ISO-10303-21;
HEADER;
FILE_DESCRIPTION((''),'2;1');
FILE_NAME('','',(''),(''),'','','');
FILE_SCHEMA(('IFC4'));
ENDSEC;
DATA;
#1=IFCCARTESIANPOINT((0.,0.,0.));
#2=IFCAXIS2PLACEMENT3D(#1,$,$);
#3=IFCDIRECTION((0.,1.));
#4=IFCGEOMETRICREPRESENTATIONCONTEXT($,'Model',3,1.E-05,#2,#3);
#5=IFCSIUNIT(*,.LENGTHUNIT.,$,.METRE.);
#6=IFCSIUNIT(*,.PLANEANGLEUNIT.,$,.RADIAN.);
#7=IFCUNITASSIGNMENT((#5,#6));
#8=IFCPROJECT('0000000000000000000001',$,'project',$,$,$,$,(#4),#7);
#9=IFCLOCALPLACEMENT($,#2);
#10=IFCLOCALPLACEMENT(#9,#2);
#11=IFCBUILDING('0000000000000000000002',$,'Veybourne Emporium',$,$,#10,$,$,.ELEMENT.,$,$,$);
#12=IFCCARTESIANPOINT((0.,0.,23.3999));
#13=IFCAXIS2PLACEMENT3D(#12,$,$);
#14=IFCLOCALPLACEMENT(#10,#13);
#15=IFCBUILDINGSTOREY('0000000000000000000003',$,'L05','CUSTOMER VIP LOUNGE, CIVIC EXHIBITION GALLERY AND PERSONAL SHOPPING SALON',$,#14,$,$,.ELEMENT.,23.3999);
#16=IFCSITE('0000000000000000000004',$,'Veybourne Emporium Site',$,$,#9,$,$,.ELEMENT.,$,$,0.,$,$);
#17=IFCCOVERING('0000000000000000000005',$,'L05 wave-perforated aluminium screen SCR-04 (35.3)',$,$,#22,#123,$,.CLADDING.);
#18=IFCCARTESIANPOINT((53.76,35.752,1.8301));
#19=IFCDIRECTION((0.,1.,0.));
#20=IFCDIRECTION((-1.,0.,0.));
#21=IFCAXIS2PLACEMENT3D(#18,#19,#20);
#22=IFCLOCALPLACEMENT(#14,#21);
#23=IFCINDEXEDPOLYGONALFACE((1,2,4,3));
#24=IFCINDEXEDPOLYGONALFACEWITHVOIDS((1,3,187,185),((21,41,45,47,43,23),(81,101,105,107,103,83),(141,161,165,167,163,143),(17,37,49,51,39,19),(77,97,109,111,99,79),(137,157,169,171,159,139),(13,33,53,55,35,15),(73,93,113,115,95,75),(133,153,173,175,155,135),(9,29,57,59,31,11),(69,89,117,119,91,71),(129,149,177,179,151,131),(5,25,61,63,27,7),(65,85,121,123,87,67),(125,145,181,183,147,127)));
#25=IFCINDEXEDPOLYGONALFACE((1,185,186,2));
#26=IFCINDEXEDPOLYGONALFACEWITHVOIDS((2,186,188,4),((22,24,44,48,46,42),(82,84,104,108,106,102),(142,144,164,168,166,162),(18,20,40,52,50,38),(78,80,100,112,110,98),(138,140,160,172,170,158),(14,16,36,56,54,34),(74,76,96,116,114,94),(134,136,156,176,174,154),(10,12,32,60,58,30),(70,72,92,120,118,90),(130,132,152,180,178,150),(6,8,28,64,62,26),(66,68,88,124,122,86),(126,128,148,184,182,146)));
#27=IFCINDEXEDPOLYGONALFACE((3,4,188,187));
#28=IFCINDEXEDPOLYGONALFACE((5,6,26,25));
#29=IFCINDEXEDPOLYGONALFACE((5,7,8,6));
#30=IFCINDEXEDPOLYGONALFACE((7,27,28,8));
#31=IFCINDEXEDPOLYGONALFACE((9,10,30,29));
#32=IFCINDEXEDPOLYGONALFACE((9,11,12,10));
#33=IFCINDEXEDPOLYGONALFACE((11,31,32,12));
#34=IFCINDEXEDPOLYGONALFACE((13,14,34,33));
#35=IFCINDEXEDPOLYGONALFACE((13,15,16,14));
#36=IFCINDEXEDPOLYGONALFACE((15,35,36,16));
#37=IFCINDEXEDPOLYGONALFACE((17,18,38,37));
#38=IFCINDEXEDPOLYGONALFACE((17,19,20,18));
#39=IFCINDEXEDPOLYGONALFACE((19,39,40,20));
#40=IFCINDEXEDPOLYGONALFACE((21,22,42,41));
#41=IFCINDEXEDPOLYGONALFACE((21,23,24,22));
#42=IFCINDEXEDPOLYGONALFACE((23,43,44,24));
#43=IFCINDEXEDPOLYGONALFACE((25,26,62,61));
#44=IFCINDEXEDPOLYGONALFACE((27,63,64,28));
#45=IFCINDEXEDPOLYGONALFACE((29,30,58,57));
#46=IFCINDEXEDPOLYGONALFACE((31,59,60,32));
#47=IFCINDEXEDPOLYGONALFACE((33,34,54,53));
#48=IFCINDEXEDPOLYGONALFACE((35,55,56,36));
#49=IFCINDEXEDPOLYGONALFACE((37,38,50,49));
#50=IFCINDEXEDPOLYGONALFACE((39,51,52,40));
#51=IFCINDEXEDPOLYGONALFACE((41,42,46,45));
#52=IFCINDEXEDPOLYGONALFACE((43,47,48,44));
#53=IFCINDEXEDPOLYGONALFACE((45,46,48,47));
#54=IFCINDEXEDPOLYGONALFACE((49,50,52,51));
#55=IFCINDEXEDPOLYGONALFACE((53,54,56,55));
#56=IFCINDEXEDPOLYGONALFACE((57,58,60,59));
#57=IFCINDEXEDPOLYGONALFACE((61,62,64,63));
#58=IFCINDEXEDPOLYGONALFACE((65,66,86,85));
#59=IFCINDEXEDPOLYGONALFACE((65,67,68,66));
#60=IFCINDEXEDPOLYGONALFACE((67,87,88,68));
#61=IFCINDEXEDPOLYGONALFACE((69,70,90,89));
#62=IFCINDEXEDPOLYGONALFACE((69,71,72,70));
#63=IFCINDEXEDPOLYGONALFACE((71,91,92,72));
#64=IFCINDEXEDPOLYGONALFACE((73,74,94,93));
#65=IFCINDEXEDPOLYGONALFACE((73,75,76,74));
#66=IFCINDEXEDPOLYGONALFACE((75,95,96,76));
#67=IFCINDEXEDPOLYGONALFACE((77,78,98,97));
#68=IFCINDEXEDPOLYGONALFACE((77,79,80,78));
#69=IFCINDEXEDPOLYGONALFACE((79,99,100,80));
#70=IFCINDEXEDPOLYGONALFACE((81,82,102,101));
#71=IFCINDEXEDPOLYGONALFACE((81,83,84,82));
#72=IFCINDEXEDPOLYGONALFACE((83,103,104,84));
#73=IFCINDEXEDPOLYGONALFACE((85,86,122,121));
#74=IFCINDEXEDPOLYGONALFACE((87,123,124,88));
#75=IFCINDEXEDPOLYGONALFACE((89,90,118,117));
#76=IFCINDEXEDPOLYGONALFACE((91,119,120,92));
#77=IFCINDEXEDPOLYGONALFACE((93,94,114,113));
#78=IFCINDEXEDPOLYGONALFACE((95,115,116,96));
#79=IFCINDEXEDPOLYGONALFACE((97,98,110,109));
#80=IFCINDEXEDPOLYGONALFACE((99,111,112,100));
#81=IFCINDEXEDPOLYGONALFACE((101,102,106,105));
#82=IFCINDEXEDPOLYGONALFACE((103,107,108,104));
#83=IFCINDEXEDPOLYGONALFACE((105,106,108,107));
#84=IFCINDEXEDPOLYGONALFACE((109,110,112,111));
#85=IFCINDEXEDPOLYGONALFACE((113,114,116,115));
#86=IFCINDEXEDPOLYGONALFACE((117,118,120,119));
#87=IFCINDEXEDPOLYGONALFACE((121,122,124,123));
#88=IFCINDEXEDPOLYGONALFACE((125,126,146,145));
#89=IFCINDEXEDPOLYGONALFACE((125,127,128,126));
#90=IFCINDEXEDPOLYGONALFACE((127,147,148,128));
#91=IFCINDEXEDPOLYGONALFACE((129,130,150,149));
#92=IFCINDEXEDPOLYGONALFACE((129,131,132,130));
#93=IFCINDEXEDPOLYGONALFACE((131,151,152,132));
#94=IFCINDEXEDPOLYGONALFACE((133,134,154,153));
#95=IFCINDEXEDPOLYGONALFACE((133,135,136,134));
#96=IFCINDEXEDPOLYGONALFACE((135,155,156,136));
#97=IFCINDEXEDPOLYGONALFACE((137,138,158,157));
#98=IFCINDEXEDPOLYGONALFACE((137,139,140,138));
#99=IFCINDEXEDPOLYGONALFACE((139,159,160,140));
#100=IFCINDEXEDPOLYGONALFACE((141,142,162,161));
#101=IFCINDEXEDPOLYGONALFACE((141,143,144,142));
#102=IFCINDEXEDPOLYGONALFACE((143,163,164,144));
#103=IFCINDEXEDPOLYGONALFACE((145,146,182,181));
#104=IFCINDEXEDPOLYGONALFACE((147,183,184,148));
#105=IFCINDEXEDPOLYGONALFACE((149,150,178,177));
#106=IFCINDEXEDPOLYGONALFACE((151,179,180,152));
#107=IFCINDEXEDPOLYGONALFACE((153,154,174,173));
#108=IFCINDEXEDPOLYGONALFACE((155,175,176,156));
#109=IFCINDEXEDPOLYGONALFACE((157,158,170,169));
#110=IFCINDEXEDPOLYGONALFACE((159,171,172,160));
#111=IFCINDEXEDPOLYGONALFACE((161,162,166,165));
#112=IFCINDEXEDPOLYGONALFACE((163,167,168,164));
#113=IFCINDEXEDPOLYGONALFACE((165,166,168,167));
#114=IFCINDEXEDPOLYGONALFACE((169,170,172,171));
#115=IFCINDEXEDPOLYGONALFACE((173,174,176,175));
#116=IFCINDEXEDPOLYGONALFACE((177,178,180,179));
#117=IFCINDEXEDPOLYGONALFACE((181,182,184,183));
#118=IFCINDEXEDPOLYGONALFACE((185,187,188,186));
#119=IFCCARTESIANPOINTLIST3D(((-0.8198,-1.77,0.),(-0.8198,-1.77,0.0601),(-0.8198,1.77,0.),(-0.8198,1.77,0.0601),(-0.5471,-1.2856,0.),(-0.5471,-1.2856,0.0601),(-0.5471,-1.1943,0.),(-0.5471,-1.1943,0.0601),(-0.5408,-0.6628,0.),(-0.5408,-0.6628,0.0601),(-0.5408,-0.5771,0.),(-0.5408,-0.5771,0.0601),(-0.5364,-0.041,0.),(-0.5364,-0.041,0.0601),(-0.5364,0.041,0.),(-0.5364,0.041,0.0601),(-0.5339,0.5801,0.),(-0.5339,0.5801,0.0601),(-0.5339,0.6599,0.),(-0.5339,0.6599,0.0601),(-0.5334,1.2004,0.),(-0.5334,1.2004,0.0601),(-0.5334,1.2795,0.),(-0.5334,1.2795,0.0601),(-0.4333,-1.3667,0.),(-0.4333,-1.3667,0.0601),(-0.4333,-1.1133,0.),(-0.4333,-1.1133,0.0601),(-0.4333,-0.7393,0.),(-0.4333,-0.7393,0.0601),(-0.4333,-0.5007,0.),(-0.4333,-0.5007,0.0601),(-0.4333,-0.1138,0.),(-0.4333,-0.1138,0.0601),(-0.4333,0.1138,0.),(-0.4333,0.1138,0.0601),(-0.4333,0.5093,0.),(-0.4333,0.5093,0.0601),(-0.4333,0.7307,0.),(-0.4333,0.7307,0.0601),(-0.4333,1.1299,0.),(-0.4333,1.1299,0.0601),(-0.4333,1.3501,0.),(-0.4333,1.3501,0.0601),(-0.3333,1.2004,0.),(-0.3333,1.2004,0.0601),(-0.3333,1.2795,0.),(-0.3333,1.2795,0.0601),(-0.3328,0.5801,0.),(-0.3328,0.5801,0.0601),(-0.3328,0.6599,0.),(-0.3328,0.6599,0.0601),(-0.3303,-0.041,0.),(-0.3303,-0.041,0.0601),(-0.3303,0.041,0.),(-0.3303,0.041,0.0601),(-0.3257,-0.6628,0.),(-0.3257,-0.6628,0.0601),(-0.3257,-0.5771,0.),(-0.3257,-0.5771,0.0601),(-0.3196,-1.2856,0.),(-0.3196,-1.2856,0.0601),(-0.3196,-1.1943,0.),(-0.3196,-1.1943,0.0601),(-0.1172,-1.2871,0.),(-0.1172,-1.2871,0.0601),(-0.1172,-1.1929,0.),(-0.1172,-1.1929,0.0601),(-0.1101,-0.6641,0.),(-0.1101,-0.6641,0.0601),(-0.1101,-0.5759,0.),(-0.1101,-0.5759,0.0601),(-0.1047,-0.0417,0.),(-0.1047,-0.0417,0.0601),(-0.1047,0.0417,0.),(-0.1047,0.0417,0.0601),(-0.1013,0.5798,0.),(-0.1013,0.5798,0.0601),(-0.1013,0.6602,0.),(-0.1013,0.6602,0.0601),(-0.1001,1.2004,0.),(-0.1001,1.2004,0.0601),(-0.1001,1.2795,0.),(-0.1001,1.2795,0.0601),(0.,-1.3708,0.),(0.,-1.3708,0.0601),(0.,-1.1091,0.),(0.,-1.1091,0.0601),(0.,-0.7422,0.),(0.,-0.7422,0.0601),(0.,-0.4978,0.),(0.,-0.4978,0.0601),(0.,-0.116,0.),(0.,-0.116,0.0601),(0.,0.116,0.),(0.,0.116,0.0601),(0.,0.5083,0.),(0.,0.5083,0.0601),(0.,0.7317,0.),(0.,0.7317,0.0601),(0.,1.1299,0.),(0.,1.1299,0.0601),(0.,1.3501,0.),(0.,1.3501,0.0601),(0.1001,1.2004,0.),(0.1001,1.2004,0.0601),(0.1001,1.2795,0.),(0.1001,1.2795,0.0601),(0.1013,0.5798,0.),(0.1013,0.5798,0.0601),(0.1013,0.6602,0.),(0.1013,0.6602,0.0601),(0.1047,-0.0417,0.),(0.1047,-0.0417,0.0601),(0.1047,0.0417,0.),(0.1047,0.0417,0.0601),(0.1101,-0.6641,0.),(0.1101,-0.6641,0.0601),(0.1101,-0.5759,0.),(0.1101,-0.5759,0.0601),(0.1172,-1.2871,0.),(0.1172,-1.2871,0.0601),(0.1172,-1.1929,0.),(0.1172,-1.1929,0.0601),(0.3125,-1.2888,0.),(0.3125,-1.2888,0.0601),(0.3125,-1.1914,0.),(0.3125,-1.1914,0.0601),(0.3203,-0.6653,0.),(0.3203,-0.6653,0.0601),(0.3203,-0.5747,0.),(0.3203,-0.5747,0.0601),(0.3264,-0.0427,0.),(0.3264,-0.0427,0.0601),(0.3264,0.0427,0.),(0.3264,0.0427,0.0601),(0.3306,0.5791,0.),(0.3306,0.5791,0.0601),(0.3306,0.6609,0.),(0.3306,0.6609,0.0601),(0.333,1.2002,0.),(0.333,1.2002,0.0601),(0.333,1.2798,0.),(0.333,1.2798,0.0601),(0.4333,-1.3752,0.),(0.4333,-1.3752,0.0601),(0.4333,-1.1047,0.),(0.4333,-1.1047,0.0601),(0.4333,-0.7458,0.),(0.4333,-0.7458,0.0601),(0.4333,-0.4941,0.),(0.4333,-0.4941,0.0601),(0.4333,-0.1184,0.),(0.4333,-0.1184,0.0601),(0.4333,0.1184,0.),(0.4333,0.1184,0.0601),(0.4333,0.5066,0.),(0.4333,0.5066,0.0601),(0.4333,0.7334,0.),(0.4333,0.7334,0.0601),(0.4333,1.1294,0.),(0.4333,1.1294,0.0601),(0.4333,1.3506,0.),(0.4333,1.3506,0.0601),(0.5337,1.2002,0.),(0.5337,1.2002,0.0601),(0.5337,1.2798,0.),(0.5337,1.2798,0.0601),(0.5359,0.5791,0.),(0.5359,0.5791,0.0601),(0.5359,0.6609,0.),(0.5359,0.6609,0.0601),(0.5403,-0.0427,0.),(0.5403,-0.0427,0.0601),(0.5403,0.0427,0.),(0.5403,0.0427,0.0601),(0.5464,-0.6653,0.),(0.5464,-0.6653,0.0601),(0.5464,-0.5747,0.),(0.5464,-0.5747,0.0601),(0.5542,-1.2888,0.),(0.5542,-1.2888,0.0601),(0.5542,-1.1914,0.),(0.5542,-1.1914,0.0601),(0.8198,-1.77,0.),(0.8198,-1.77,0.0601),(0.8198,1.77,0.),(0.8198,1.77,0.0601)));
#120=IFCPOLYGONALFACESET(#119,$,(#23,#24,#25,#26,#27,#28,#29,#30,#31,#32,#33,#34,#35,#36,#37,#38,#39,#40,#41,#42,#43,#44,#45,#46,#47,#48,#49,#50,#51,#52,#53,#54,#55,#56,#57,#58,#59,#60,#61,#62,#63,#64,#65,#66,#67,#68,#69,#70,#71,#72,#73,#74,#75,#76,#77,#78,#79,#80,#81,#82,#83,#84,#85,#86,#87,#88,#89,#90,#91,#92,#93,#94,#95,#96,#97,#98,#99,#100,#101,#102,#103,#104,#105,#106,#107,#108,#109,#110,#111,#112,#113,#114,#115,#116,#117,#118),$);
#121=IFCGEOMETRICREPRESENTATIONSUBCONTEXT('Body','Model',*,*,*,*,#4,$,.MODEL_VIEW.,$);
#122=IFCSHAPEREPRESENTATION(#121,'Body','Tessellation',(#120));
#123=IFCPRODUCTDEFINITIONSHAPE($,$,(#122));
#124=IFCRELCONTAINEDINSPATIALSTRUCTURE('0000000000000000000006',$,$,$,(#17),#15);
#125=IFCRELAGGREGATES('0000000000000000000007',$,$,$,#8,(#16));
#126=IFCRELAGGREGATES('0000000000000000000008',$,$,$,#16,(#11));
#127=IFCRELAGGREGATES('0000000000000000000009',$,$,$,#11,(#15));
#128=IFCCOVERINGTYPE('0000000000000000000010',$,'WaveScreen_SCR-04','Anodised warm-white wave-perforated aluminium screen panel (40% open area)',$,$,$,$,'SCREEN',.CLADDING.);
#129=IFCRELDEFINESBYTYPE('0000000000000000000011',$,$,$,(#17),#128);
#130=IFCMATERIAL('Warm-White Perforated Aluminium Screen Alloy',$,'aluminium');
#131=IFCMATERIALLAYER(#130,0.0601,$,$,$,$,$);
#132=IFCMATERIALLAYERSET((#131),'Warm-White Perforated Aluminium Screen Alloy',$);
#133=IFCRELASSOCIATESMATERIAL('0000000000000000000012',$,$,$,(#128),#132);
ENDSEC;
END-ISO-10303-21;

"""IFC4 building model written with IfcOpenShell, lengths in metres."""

from ifc_helpers import new_model, si_unit, direction, frame, origin, place, context, subcontext, project, spatial, polyline, outline, extrude, material, layer, layer_set, type_object, element, save


model = new_model("IFC4")

# Units and contexts
model_context = context("Model", 3, precision=1e-05, world=origin(), true_north=direction((0.0, 1.0)))
body_context = subcontext(model_context, "Body", "Model", "MODEL_VIEW")
ifc_project = project(units=[si_unit("LENGTHUNIT", "METRE"), si_unit("PLANEANGLEUNIT", "RADIAN")], contexts=[model_context])

# Site, building, storey
site_placement = place(None, origin())
site = spatial("IfcSite", under=ifc_project, at=site_placement, Name="Veybourne Emporium Site", CompositionType="ELEMENT", RefElevation=0.0)
building_placement = place(site_placement, origin())
building = spatial("IfcBuilding", under=site, at=building_placement, Name="Veybourne Emporium", CompositionType="ELEMENT")
storey_placement = place(building_placement, frame((0.0, 0.0, 23.3999)))
storey = spatial("IfcBuildingStorey", under=building, at=storey_placement, Name="L05", Description="CUSTOMER VIP LOUNGE, CIVIC EXHIBITION GALLERY AND PERSONAL SHOPPING SALON", CompositionType="ELEMENT", Elevation=23.3999)

# Covering
ifc_material_1 = material(Name="Warm-White Perforated Aluminium Screen Alloy", Category="aluminium")
ifc_layer_1 = layer(ifc_material_1, 0.0601)
ifc_layer_set_1 = layer_set([ifc_layer_1], Name="Warm-White Perforated Aluminium Screen Alloy")
covering_type_1 = type_object("IfcCoveringType", Name="WaveScreen_SCR-04", Description="Anodised warm-white wave-perforated aluminium screen panel (40% open area)", ElementType="SCREEN", PredefinedType="CLADDING", material=ifc_layer_set_1)
covering_1_placement = place(storey_placement, frame((53.76, 35.752, 1.8301), z_axis=(0.0, 1.0, 0.0), x_axis=(-1.0, 0.0, 0.0)))
element("IfcCovering", 1, at=covering_1_placement, inside=storey, type_object=covering_type_1, Name="L05 wave-perforated aluminium screen SCR-04 (35.3)", PredefinedType="CLADDING", context=body_context, shape_type="SweptSolid", body=[
    extrude(outline(polyline([(-0.8198, -1.77), (0.8198, -1.77), (0.8198, 1.77), (-0.8198, 1.77), (-0.8198, -1.77)]), holes=[polyline([(-0.4333, -1.1133), (-0.3196, -1.1943), (-0.3196, -1.2856), (-0.4333, -1.3667), (-0.5471, -1.2856), (-0.5471, -1.1943), (-0.4333, -1.1133)]), polyline([(-0.4333, -0.5007), (-0.3257, -0.5771), (-0.3257, -0.6628), (-0.4333, -0.7393), (-0.5408, -0.6628), (-0.5408, -0.5771), (-0.4333, -0.5007)]), polyline([(-0.4333, 0.1138), (-0.3303, 0.041), (-0.3303, -0.041), (-0.4333, -0.1138), (-0.5364, -0.041), (-0.5364, 0.041), (-0.4333, 0.1138)]), polyline([(-0.4333, 0.7307), (-0.3328, 0.6599), (-0.3328, 0.5801), (-0.4333, 0.5093), (-0.5339, 0.5801), (-0.5339, 0.6599), (-0.4333, 0.7307)]), polyline([(-0.4333, 1.3501), (-0.3333, 1.2795), (-0.3333, 1.2004), (-0.4333, 1.1299), (-0.5334, 1.2004), (-0.5334, 1.2795), (-0.4333, 1.3501)]), polyline([(0.0, -1.1091), (0.1172, -1.1929), (0.1172, -1.2871), (0.0, -1.3708), (-0.1172, -1.2871), (-0.1172, -1.1929), (0.0, -1.1091)]), polyline([(0.0, -0.4978), (0.1101, -0.5759), (0.1101, -0.6641), (0.0, -0.7422), (-0.1101, -0.6641), (-0.1101, -0.5759), (0.0, -0.4978)]), polyline([(0.0, 0.116), (0.1047, 0.0417), (0.1047, -0.0417), (0.0, -0.116), (-0.1047, -0.0417), (-0.1047, 0.0417), (0.0, 0.116)]), polyline([(0.0, 0.7317), (0.1013, 0.6602), (0.1013, 0.5798), (0.0, 0.5083), (-0.1013, 0.5798), (-0.1013, 0.6602), (0.0, 0.7317)]), polyline([(0.0, 1.3501), (0.1001, 1.2795), (0.1001, 1.2004), (0.0, 1.1299), (-0.1001, 1.2004), (-0.1001, 1.2795), (0.0, 1.3501)]), polyline([(0.4333, -1.1047), (0.5542, -1.1914), (0.5542, -1.2888), (0.4333, -1.3752), (0.3125, -1.2888), (0.3125, -1.1914), (0.4333, -1.1047)]), polyline([(0.4333, -0.4941), (0.5464, -0.5747), (0.5464, -0.6653), (0.4333, -0.7458), (0.3203, -0.6653), (0.3203, -0.5747), (0.4333, -0.4941)]), polyline([(0.4333, 0.1184), (0.5403, 0.0427), (0.5403, -0.0427), (0.4333, -0.1184), (0.3264, -0.0427), (0.3264, 0.0427), (0.4333, 0.1184)]), polyline([(0.4333, 0.7334), (0.5359, 0.6609), (0.5359, 0.5791), (0.4333, 0.5066), (0.3306, 0.5791), (0.3306, 0.6609), (0.4333, 0.7334)]), polyline([(0.4333, 1.3506), (0.5337, 1.2798), (0.5337, 1.2002), (0.4333, 1.1294), (0.333, 1.2002), (0.333, 1.2798), (0.4333, 1.3506)])]), origin(), (0.0, 0.0, 1.0), 0.0601),
])

save(model, "model.ifc")
